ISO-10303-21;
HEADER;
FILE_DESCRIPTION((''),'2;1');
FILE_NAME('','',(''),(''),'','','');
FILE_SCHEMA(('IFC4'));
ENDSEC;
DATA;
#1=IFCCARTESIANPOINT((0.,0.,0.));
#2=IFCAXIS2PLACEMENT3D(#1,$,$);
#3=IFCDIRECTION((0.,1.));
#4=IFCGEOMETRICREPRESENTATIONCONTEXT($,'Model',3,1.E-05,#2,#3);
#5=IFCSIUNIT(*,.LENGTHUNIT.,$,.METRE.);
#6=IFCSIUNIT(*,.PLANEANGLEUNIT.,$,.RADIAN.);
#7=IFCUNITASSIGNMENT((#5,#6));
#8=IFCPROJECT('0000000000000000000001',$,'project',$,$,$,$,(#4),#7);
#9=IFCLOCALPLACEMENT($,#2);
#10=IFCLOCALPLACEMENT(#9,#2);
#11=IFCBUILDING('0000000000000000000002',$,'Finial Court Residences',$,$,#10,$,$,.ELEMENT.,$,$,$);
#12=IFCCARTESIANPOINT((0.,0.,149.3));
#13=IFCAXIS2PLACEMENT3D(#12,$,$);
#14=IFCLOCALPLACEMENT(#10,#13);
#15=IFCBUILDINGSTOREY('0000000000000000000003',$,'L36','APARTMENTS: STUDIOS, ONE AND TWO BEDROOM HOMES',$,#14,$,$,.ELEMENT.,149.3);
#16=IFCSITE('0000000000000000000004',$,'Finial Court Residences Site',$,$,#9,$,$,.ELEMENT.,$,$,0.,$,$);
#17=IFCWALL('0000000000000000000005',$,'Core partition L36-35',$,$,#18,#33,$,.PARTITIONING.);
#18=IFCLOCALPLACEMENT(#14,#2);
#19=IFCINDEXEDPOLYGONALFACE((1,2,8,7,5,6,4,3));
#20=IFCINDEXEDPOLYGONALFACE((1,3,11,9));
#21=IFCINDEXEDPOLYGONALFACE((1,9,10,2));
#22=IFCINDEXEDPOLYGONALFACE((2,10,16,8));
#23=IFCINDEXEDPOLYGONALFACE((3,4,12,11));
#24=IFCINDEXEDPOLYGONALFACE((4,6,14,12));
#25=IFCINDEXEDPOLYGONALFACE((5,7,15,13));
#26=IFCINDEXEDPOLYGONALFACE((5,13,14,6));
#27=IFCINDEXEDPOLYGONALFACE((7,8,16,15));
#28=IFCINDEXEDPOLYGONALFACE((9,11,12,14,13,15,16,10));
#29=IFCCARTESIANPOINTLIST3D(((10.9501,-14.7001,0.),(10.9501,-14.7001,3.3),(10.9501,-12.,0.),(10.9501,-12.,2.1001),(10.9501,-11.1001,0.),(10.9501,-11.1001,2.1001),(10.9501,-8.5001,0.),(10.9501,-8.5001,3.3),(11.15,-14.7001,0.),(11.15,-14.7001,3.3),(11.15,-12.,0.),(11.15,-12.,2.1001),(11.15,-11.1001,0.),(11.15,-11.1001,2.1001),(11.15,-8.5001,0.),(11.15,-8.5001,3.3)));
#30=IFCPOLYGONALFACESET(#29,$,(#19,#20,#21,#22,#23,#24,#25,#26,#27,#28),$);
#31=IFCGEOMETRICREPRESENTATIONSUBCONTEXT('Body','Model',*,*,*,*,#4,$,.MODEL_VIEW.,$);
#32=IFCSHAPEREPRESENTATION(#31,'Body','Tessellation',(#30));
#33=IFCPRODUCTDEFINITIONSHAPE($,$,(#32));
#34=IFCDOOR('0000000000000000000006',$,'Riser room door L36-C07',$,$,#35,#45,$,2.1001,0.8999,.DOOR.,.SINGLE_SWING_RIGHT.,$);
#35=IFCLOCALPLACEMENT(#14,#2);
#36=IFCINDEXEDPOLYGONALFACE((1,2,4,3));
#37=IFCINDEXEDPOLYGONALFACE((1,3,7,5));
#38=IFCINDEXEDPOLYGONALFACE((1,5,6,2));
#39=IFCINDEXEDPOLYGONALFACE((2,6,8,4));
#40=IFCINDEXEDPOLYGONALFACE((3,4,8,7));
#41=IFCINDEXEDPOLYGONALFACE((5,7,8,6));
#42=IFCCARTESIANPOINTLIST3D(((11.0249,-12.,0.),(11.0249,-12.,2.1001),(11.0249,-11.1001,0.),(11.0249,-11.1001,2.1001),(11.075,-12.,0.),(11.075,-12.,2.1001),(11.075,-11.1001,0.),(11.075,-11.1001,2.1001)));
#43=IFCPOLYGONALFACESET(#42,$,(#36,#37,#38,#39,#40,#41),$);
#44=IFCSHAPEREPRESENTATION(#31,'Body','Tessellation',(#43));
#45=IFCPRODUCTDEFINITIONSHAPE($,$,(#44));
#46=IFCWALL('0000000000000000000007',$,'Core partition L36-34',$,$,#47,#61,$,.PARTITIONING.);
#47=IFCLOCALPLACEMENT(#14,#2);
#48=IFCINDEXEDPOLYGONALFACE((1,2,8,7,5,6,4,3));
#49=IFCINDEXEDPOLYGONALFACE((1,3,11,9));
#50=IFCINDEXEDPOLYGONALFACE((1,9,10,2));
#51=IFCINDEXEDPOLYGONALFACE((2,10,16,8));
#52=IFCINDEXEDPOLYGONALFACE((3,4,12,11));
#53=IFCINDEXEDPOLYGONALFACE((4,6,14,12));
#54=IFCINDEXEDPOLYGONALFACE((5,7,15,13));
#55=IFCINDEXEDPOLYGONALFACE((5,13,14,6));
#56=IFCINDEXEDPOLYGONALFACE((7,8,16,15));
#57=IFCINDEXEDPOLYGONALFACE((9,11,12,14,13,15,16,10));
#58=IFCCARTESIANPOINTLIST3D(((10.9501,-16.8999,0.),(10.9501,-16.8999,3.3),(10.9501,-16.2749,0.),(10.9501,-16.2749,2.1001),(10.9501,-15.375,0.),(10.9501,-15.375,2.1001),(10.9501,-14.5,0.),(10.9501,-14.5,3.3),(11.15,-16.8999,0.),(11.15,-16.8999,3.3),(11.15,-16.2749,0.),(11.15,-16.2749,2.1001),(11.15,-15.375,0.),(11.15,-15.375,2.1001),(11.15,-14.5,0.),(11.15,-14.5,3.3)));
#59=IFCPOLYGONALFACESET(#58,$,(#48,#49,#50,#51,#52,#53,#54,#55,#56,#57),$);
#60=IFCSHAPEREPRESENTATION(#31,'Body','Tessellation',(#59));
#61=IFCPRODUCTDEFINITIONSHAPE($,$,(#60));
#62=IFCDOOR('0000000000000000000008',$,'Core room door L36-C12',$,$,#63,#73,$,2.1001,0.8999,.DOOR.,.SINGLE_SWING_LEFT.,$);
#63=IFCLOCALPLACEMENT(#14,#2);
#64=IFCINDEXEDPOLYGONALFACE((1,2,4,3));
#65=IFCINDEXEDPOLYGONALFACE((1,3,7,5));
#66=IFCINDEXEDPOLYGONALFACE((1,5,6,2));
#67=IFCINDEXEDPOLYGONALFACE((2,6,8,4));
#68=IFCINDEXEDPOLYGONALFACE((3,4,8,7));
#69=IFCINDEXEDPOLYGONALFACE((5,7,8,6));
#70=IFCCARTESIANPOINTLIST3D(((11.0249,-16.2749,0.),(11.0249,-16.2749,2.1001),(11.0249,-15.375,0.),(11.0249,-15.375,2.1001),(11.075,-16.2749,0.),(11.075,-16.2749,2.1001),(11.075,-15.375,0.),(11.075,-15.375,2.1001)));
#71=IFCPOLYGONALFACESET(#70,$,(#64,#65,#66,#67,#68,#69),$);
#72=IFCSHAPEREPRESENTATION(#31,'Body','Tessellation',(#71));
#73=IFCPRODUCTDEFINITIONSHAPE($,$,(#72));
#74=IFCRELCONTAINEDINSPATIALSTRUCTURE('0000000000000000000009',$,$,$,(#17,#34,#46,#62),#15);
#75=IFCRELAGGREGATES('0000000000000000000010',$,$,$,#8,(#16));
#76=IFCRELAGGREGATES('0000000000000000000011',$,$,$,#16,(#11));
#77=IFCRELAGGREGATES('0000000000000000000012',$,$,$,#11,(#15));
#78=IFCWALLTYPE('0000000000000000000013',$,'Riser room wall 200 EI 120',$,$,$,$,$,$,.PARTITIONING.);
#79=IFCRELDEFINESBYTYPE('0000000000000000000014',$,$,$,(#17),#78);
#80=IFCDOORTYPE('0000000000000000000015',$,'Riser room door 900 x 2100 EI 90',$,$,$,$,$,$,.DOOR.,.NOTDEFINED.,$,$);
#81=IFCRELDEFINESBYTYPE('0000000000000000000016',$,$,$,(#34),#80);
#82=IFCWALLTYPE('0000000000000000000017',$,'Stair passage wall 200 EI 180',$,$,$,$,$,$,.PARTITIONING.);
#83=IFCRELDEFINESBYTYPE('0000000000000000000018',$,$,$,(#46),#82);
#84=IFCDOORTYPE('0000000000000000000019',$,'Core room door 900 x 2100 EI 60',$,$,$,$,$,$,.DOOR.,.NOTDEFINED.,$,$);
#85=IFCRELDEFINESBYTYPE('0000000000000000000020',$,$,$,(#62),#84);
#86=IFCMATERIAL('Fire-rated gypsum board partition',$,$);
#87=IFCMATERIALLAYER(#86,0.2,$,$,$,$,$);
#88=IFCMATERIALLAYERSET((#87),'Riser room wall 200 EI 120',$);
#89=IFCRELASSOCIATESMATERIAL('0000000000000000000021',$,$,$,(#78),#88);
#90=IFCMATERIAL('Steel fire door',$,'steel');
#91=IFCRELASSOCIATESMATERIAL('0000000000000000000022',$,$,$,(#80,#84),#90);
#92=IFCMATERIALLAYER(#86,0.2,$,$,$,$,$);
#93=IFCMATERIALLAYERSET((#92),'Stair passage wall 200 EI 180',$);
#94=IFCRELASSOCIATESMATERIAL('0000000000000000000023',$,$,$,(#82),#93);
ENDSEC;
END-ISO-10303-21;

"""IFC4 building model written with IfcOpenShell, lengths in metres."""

from ifc_helpers import new_model, si_unit, direction, frame, frame_2d, origin, place, context, subcontext, project, spatial, rectangle, extrude, material, layer, layer_set, type_object, element, fill, save


model = new_model("IFC4")

# Units and contexts
model_context = context("Model", 3, precision=1e-05, world=origin(), true_north=direction((0.0, 1.0)))
body_context = subcontext(model_context, "Body", "Model", "MODEL_VIEW")
ifc_project = project(units=[si_unit("LENGTHUNIT", "METRE"), si_unit("PLANEANGLEUNIT", "RADIAN")], contexts=[model_context])

# Site, building, storey
site_placement = place(None, origin())
site = spatial("IfcSite", under=ifc_project, at=site_placement, Name="Finial Court Residences Site", CompositionType="ELEMENT", RefElevation=0.0)
building_placement = place(site_placement, origin())
building = spatial("IfcBuilding", under=site, at=building_placement, Name="Finial Court Residences", CompositionType="ELEMENT")
storey_placement = place(building_placement, frame((0.0, 0.0, 149.3)))
storey = spatial("IfcBuildingStorey", under=building, at=storey_placement, Name="L36", Description="APARTMENTS: STUDIOS, ONE AND TWO BEDROOM HOMES", CompositionType="ELEMENT", Elevation=149.3)

# Shared definitions
ifc_material_1 = material(Name="Fire-rated gypsum board partition")
ifc_material_2 = material(Name="Steel fire door", Category="steel")

# Shared definitions
ifc_layer_1 = layer(ifc_material_1, 0.2)
ifc_layer_set_1 = layer_set([ifc_layer_1], Name="Riser room wall 200 EI 120")
wall_type_1 = type_object("IfcWallType", Name="Riser room wall 200 EI 120", PredefinedType="PARTITIONING", material=ifc_layer_set_1)

# Shared definitions
door_type_1 = type_object("IfcDoorType", Name="Riser room door 900 x 2100 EI 90", OperationType="NOTDEFINED", PredefinedType="DOOR", material=ifc_material_2)

# Walls, openings, doors
wall_1_placement = place(storey_placement, frame((11.05, -8.5, 0.0), z_axis=(0.0, 0.0, 1.0), x_axis=(0.0, -1.0, 0.0)))
wall_1 = element("IfcWall", 1, at=wall_1_placement, inside=storey, type_object=wall_type_1, Name="Core partition L36-35", PredefinedType="PARTITIONING", context=body_context, shape_type="SweptSolid", body=[
    extrude(rectangle(XDim=6.2, YDim=0.2, at=frame_2d((3.1001, 0.0))), origin(), (0.0, 0.0, 1.0), 3.3),
])
opening_1_placement = place(wall_1_placement, frame((2.6001, 0.0, 0.0)))
opening_1 = element("IfcOpeningElement", 2, at=opening_1_placement, cuts=wall_1, PredefinedType="OPENING", context=body_context, shape_type="SweptSolid", body=[
    extrude(rectangle(XDim=0.8999, YDim=2.1001, at=frame_2d((0.45, 1.05))), frame((0.0, 0.1099, 0.0), z_axis=(0.0, -1.0, 0.0), x_axis=(1.0, 0.0, 0.0)), (0.0, 0.0, 1.0), 0.22),
])
door_1_placement = place(opening_1_placement, origin())
door_1 = element("IfcDoor", 3, at=door_1_placement, inside=storey, type_object=door_type_1, Name="Riser room door L36-C07", OperationType="SINGLE_SWING_RIGHT", OverallHeight=2.1001, OverallWidth=0.8999, PredefinedType="DOOR", context=body_context, shape_type="SweptSolid", body=[
    extrude(rectangle(XDim=0.8999, YDim=2.1001, at=frame_2d((0.45, 1.05))), frame((0.0, 0.0249, 0.0), z_axis=(0.0, -1.0, 0.0), x_axis=(1.0, 0.0, 0.0)), (0.0, 0.0, 1.0), 0.05),
])
fill(opening_1, door_1)
ifc_layer_2 = layer(ifc_material_1, 0.2)
ifc_layer_set_2 = layer_set([ifc_layer_2], Name="Stair passage wall 200 EI 180")
wall_type_2 = type_object("IfcWallType", Name="Stair passage wall 200 EI 180", PredefinedType="PARTITIONING", material=ifc_layer_set_2)
wall_2_placement = place(storey_placement, frame((11.05, -14.5, 0.0), z_axis=(0.0, 0.0, 1.0), x_axis=(0.0, -1.0, 0.0)))
wall_2 = element("IfcWall", 4, at=wall_2_placement, inside=storey, type_object=wall_type_2, Name="Core partition L36-34", PredefinedType="PARTITIONING", context=body_context, shape_type="SweptSolid", body=[
    extrude(rectangle(XDim=2.3999, YDim=0.2, at=frame_2d((1.2, 0.0))), origin(), (0.0, 0.0, 1.0), 3.3),
])
opening_2_placement = place(wall_2_placement, frame((0.875, 0.0, 0.0)))
opening_2 = element("IfcOpeningElement", 5, at=opening_2_placement, cuts=wall_2, PredefinedType="OPENING", context=body_context, shape_type="SweptSolid", body=[
    extrude(rectangle(XDim=0.8999, YDim=2.1001, at=frame_2d((0.45, 1.05))), frame((0.0, 0.1099, 0.0), z_axis=(0.0, -1.0, 0.0), x_axis=(1.0, 0.0, 0.0)), (0.0, 0.0, 1.0), 0.22),
])
door_type_2 = type_object("IfcDoorType", Name="Core room door 900 x 2100 EI 60", OperationType="NOTDEFINED", PredefinedType="DOOR", material=ifc_material_2)
door_2_placement = place(opening_2_placement, origin())
door_2 = element("IfcDoor", 6, at=door_2_placement, inside=storey, type_object=door_type_2, Name="Core room door L36-C12", OperationType="SINGLE_SWING_LEFT", OverallHeight=2.1001, OverallWidth=0.8999, PredefinedType="DOOR", context=body_context, shape_type="SweptSolid", body=[
    extrude(rectangle(XDim=0.8999, YDim=2.1001, at=frame_2d((0.45, 1.05))), frame((0.0, 0.0249, 0.0), z_axis=(0.0, -1.0, 0.0), x_axis=(1.0, 0.0, 0.0)), (0.0, 0.0, 1.0), 0.05),
])
fill(opening_2, door_2)

save(model, "model.ifc")
